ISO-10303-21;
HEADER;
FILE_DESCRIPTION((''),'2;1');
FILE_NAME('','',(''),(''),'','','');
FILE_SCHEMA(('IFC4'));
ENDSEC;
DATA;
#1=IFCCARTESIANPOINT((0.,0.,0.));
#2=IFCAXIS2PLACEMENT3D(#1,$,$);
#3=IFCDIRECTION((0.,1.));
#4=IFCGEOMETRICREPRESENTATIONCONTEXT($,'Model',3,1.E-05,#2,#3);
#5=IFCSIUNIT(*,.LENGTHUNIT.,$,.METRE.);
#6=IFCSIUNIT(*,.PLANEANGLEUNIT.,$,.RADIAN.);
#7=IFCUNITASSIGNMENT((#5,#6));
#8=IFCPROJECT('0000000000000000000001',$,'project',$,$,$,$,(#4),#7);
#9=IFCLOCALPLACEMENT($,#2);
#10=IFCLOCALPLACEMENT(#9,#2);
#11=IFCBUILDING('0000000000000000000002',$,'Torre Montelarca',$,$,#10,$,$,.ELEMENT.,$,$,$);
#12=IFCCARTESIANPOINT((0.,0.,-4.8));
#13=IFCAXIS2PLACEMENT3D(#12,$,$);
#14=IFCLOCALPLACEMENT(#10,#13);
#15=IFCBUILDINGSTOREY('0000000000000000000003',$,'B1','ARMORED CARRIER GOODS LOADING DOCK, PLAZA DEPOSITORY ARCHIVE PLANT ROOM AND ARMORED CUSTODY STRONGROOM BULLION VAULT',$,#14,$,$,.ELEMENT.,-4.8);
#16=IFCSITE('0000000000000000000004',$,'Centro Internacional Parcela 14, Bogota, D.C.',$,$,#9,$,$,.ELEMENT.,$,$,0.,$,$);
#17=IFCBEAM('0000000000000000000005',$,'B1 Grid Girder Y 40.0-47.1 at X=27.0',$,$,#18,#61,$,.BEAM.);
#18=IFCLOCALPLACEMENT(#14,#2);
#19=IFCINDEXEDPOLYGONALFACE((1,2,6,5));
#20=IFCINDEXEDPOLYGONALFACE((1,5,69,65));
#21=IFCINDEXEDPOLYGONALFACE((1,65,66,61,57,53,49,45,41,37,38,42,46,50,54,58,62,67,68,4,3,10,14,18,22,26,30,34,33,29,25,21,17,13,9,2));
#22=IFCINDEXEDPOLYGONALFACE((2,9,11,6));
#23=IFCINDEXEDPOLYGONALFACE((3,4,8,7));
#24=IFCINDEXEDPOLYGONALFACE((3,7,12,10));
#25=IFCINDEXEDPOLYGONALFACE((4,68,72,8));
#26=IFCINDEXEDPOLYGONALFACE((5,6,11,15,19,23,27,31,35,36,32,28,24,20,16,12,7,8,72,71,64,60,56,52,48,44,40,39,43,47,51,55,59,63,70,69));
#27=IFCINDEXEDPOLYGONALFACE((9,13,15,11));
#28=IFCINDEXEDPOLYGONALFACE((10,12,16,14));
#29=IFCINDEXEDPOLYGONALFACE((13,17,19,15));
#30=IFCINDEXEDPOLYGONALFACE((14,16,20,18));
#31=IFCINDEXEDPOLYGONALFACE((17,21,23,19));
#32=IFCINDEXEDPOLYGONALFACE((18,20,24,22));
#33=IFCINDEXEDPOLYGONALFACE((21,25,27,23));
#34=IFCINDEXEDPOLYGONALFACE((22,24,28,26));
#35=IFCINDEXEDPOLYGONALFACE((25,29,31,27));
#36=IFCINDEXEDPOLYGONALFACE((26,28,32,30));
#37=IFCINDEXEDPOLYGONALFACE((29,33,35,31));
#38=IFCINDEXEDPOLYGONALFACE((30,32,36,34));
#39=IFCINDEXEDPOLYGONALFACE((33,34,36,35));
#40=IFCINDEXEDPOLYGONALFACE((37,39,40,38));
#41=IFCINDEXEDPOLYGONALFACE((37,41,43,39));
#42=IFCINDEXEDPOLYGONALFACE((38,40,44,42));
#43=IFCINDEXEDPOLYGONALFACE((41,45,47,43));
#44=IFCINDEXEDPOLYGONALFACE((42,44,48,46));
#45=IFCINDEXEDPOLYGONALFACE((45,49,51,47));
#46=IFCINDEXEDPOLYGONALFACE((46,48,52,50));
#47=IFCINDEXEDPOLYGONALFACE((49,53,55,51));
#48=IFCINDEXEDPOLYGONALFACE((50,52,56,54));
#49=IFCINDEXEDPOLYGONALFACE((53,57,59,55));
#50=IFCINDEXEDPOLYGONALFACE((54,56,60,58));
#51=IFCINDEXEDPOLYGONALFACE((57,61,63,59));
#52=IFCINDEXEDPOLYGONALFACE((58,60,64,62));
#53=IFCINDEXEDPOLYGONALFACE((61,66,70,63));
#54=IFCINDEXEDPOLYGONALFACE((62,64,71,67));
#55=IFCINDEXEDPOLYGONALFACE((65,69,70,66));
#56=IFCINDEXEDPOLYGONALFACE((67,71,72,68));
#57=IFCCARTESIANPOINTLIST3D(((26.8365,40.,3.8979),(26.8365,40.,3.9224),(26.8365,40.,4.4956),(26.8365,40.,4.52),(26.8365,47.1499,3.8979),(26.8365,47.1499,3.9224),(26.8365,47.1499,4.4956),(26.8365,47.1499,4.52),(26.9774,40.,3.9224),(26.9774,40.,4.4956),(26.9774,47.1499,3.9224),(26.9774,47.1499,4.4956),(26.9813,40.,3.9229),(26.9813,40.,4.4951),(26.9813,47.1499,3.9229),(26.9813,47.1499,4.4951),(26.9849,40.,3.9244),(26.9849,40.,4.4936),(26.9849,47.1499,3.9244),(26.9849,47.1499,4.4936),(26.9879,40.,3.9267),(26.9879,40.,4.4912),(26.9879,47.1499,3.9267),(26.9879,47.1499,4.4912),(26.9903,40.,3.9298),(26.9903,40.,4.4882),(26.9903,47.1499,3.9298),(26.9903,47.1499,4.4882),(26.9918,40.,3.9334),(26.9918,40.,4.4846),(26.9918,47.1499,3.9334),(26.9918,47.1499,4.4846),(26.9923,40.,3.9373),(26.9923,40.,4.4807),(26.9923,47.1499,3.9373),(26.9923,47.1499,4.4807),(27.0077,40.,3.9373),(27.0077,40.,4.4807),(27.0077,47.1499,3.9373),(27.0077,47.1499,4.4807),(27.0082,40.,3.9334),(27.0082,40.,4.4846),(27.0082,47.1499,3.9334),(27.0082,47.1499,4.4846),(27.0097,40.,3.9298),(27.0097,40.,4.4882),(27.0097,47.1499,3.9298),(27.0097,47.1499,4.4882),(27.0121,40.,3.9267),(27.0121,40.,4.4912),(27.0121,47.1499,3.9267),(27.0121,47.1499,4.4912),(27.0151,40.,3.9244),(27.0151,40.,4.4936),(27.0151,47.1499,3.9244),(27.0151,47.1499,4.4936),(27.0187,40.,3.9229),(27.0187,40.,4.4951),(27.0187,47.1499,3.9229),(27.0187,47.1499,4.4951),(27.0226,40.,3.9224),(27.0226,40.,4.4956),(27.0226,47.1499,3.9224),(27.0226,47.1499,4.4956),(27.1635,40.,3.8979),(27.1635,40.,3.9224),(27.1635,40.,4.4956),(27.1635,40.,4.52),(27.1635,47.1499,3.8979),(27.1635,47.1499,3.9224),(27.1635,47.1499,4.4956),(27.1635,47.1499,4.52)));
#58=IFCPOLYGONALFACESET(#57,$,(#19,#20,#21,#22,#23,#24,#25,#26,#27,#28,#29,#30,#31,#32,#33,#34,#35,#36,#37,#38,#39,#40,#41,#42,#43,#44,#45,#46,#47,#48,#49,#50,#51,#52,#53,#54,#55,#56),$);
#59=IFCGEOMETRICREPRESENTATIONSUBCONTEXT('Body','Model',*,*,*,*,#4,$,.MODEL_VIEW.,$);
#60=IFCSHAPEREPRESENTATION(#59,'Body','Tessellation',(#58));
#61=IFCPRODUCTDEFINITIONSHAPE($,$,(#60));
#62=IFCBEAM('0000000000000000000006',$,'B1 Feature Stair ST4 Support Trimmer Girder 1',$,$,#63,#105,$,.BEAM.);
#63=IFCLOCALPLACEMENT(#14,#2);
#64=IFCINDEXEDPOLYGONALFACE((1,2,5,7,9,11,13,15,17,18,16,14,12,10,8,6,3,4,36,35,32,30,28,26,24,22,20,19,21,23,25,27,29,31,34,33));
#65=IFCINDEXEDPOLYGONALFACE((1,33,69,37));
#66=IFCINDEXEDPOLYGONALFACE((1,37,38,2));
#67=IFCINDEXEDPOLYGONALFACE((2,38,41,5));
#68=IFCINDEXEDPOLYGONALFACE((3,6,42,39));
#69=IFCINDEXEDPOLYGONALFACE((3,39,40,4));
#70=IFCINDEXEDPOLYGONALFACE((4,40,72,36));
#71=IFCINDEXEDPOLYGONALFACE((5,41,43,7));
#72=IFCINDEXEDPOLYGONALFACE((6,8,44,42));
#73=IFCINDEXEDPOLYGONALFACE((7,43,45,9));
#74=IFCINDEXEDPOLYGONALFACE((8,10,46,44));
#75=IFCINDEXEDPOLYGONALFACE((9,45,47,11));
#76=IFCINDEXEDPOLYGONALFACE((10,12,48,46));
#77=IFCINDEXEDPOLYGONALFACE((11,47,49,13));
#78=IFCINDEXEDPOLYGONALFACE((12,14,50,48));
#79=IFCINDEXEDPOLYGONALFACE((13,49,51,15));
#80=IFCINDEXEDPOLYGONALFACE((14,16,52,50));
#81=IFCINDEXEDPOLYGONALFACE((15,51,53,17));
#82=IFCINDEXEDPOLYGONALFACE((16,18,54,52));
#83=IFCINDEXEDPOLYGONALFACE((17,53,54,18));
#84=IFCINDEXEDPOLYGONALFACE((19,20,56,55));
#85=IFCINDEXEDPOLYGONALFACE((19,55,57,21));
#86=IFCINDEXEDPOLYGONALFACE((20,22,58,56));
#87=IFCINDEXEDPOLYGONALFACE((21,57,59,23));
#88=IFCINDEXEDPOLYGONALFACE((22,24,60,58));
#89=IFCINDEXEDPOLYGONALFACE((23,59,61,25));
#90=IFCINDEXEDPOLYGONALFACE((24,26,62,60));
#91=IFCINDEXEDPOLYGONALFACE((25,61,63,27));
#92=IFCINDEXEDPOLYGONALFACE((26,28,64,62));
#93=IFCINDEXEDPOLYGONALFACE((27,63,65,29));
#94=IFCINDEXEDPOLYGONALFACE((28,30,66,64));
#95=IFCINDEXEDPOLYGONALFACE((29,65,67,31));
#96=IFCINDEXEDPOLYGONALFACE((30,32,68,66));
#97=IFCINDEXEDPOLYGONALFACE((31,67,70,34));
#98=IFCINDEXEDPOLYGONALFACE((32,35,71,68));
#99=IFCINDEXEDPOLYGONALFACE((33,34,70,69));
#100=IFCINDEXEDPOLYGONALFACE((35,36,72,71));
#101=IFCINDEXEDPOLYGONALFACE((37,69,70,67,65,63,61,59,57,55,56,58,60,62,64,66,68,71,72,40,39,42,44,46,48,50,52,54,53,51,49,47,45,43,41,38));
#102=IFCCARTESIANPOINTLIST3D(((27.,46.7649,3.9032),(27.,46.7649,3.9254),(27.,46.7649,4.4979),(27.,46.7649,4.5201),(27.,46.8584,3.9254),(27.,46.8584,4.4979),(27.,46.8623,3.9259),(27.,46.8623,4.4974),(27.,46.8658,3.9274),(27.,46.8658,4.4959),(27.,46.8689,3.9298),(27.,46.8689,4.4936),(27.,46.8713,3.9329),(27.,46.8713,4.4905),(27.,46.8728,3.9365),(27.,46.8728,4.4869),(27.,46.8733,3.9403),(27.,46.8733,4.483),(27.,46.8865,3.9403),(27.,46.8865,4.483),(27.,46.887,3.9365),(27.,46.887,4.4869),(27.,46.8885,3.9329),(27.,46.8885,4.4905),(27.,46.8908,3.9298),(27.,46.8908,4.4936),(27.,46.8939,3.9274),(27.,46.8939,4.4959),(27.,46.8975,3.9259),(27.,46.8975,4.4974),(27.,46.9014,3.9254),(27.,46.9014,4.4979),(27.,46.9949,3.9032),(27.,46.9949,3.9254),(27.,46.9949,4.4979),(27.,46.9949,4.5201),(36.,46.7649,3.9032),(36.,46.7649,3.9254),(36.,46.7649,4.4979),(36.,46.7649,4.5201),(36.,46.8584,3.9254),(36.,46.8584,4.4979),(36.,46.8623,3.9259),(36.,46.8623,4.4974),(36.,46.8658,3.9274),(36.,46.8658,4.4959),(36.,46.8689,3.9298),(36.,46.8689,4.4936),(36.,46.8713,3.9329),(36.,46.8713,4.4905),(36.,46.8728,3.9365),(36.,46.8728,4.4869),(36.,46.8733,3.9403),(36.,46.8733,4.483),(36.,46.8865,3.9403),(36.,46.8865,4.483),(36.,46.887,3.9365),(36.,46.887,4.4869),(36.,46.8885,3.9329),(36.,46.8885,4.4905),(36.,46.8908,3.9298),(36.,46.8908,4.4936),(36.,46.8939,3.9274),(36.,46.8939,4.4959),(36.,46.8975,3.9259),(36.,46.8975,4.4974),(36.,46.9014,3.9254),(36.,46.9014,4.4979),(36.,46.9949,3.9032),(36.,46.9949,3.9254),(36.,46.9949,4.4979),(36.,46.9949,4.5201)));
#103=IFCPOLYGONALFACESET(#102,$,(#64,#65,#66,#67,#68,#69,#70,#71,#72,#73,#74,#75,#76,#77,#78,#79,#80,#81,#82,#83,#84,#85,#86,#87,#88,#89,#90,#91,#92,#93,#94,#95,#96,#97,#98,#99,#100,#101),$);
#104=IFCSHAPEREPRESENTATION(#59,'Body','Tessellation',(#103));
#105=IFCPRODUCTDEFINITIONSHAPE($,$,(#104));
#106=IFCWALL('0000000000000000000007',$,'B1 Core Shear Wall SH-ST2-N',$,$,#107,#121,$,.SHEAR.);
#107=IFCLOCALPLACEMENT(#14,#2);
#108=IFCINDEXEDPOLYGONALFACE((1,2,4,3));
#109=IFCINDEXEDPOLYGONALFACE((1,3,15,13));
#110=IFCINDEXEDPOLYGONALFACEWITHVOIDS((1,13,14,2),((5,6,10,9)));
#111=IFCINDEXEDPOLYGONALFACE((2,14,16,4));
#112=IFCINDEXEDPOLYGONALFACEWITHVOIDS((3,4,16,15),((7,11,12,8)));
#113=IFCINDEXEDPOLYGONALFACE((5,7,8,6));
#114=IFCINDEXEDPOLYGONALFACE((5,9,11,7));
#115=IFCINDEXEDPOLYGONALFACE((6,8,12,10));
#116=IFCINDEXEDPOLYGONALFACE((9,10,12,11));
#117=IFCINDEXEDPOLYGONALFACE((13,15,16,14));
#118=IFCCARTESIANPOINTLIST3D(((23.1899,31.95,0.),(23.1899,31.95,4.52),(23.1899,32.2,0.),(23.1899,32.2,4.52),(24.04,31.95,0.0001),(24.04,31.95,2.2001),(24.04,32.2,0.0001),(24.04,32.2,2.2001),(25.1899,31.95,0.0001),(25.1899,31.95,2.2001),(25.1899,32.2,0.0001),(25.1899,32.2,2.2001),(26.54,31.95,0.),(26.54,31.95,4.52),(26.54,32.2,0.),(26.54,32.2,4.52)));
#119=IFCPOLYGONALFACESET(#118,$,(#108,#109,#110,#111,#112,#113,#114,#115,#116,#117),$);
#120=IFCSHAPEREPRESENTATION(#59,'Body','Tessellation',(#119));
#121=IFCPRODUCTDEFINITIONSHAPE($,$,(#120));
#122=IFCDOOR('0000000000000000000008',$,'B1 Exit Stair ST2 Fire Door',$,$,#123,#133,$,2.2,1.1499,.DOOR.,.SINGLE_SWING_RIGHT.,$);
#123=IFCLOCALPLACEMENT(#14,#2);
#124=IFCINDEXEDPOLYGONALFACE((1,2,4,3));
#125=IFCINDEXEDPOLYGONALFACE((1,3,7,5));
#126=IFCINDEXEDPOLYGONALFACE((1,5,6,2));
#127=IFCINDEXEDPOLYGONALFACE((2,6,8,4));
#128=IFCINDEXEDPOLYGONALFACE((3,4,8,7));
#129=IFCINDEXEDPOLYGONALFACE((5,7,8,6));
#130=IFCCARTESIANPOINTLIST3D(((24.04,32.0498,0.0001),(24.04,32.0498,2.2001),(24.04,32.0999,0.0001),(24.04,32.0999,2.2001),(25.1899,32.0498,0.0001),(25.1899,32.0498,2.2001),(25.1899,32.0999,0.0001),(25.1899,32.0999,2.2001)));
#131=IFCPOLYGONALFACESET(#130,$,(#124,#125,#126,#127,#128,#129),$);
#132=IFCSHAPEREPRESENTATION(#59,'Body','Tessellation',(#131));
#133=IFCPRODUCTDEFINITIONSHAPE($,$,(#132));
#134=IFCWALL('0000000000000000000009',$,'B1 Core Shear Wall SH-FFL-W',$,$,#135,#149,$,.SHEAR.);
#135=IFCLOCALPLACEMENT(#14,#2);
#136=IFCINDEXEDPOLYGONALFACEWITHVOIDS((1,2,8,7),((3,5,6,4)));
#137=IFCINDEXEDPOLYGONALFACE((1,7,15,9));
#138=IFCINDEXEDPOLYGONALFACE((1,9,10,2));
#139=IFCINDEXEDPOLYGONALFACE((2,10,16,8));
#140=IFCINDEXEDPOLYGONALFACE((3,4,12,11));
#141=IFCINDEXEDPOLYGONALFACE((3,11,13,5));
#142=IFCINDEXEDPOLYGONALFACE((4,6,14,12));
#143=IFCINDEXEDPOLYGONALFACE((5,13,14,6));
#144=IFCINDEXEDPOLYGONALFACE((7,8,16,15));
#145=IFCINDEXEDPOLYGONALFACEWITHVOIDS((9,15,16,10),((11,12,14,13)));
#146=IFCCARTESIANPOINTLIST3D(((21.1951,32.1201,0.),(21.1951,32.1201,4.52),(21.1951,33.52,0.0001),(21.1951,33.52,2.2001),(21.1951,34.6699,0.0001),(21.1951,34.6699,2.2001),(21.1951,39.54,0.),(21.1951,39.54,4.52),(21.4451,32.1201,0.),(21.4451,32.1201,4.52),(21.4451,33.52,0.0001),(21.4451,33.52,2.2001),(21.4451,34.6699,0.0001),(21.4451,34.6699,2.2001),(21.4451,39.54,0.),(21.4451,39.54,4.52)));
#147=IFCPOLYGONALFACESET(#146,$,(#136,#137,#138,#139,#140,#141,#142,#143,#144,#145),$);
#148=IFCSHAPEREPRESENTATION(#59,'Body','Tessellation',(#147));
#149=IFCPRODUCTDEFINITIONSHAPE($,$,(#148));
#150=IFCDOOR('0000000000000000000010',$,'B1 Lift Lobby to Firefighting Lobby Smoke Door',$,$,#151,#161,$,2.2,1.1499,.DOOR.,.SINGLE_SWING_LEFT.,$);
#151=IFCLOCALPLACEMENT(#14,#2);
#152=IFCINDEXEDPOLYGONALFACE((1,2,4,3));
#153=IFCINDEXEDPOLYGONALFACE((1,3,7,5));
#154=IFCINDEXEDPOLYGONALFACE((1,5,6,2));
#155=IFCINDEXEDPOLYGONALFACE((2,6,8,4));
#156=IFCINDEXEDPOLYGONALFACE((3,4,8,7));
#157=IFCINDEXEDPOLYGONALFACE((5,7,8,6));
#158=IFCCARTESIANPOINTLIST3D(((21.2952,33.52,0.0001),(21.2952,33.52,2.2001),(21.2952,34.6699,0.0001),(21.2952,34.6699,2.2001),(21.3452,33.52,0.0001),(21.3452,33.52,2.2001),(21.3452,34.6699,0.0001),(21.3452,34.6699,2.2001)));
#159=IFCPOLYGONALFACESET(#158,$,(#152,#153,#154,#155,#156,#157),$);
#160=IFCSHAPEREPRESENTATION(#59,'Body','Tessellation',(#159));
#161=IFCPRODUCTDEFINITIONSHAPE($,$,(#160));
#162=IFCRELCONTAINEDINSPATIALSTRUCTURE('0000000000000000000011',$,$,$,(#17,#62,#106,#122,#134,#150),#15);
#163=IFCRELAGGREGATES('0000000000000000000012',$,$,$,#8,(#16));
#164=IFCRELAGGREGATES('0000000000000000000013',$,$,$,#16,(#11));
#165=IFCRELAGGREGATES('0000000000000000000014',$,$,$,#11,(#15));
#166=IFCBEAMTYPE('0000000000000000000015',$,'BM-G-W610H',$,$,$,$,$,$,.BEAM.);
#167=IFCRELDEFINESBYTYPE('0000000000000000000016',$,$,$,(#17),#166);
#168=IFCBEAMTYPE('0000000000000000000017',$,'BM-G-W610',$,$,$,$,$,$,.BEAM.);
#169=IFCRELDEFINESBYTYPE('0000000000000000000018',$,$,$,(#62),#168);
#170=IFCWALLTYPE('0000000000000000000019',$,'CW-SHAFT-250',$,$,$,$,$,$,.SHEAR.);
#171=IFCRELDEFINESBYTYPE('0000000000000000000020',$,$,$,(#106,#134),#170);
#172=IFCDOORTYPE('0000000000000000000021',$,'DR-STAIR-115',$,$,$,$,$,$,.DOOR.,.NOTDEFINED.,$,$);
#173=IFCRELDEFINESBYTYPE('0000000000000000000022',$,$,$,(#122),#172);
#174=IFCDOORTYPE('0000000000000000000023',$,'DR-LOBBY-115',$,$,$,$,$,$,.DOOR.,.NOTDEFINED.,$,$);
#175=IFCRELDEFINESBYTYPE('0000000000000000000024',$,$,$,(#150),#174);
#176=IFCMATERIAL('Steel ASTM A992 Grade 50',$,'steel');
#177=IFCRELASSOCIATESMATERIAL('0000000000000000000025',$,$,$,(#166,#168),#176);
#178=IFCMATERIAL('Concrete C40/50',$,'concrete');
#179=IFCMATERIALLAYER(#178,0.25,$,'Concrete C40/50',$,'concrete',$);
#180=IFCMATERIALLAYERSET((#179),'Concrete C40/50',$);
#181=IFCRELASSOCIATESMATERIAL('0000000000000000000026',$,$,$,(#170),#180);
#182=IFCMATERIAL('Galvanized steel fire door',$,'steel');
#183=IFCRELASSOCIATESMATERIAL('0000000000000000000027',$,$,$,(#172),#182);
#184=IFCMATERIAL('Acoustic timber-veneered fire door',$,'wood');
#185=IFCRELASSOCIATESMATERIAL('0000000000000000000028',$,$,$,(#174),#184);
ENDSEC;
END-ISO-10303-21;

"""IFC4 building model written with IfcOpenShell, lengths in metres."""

from ifc_helpers import new_model, si_unit, direction, frame, frame_2d, origin, origin_2d, place, context, subcontext, project, spatial, rectangle, i_section, extrude, source, transform, mapped, material, layer, layer_set, material_profile, profile_set, type_object, element, fill, save


model = new_model("IFC4")

# Units and contexts
model_context = context("Model", 3, precision=1e-05, world=origin(), true_north=direction((0.0, 1.0)))
body_context = subcontext(model_context, "Body", "Model", "MODEL_VIEW")
ifc_project = project(units=[si_unit("LENGTHUNIT", "METRE"), si_unit("PLANEANGLEUNIT", "RADIAN")], contexts=[model_context])

# Site, building, storey
site_placement = place(None, origin())
site = spatial("IfcSite", under=ifc_project, at=site_placement, Name="Centro Internacional Parcela 14, Bogota, D.C.", CompositionType="ELEMENT", RefElevation=0.0)
building_placement = place(site_placement, origin())
building = spatial("IfcBuilding", under=site, at=building_placement, Name="Torre Montelarca", CompositionType="ELEMENT")
storey_placement = place(building_placement, frame((0.0, 0.0, -4.8)))
storey = spatial("IfcBuildingStorey", under=building, at=storey_placement, Name="B1", Description="ARMORED CARRIER GOODS LOADING DOCK, PLAZA DEPOSITORY ARCHIVE PLANT ROOM AND ARMORED CUSTODY STRONGROOM BULLION VAULT", CompositionType="ELEMENT", Elevation=-4.8)

# Beams
ifc_material_1 = material(Name="Steel ASTM A992 Grade 50", Category="steel")
ifc_material_profile_1 = material_profile(ifc_material_1, i_section(OverallWidth=0.3269, OverallDepth=0.6221, WebThickness=0.0154, FlangeThickness=0.0244, FilletRadius=0.0149, at=origin_2d()), Name="W610X195", Category="steel")
ifc_profile_set_1 = profile_set([ifc_material_profile_1], Name="Steel ASTM A992 Grade 50")
beam_type_1 = type_object("IfcBeamType", Name="BM-G-W610H", PredefinedType="BEAM", material=ifc_profile_set_1)
shared_shape_1 = source(origin(), body_context, "Body", "SweptSolid", [
    extrude(i_section(OverallWidth=0.3269, OverallDepth=0.6221, WebThickness=0.0154, FlangeThickness=0.0244, FilletRadius=0.0149, at=origin_2d()), origin(), (0.0, 0.0, 1.0), 7.1499),
])
for number, where, z_axis, x_axis, name in (
    (1, (27.0, 40.0, 4.209), (0.0, 1.0, 0.0), (-1.0, 0.0, 0.0), "B1 Grid Girder Y 40.0-47.1 at X=27.0"),
):
    element("IfcBeam", number, at=place(storey_placement, frame(where, z_axis=z_axis, x_axis=x_axis)), inside=storey, type_object=beam_type_1, Name=name, PredefinedType="BEAM", context=body_context, shape_type="MappedRepresentation", body=[
        mapped(shared_shape_1, transform((0.0, 0.0, 0.0), scale=1.0)),
    ])
ifc_material_profile_2 = material_profile(ifc_material_1, i_section(OverallWidth=0.23, OverallDepth=0.6169, WebThickness=0.0132, FlangeThickness=0.0222, FilletRadius=0.0149, at=origin_2d()), Name="W610X140", Category="steel")
ifc_profile_set_2 = profile_set([ifc_material_profile_2], Name="Steel ASTM A992 Grade 50")
beam_type_2 = type_object("IfcBeamType", Name="BM-G-W610", PredefinedType="BEAM", material=ifc_profile_set_2)
shared_shape_2 = source(origin(), body_context, "Body", "SweptSolid", [
    extrude(i_section(OverallWidth=0.23, OverallDepth=0.6169, WebThickness=0.0132, FlangeThickness=0.0222, FilletRadius=0.0149, at=origin_2d()), origin(), (0.0, 0.0, 1.0), 9.0),
])
beam_1_placement = place(storey_placement, frame((27.0, 46.8799, 4.2117), z_axis=(1.0, 0.0, 0.0), x_axis=(0.0, 1.0, 0.0)))
element("IfcBeam", 2, at=beam_1_placement, inside=storey, type_object=beam_type_2, Name="B1 Feature Stair ST4 Support Trimmer Girder 1", PredefinedType="BEAM", context=body_context, shape_type="MappedRepresentation", body=[
    mapped(shared_shape_2, transform((0.0, 0.0, 0.0), scale=1.0)),
])

# Walls, openings, doors
ifc_material_2 = material(Name="Concrete C40/50", Category="concrete")
ifc_layer_1 = layer(ifc_material_2, 0.25, Name="Concrete C40/50", Category="concrete")
ifc_layer_set_1 = layer_set([ifc_layer_1], Name="Concrete C40/50")
wall_type_1 = type_object("IfcWallType", Name="CW-SHAFT-250", PredefinedType="SHEAR", material=ifc_layer_set_1)
wall_1_placement = place(storey_placement, frame((23.1899, 32.075, 0.0), z_axis=(0.0, 0.0, 1.0), x_axis=(1.0, 0.0, 0.0)))
wall_1 = element("IfcWall", 3, at=wall_1_placement, inside=storey, type_object=wall_type_1, Name="B1 Core Shear Wall SH-ST2-N", PredefinedType="SHEAR", context=body_context, shape_type="SweptSolid", body=[
    extrude(rectangle(XDim=3.3501, YDim=0.25, at=frame_2d((1.675, 0.0))), origin(), (0.0, 0.0, 1.0), 4.52),
])
opening_1_placement = place(wall_1_placement, frame((0.8501, 0.0, 0.0)))
opening_1 = element("IfcOpeningElement", 4, at=opening_1_placement, cuts=wall_1, PredefinedType="OPENING", context=body_context, shape_type="SweptSolid", body=[
    extrude(rectangle(XDim=1.1499, YDim=2.2, at=frame_2d((0.575, 1.1001))), frame((0.0, 0.135, 0.0), z_axis=(0.0, -1.0, 0.0), x_axis=(1.0, 0.0, 0.0)), (0.0, 0.0, 1.0), 0.27),
])
ifc_material_3 = material(Name="Galvanized steel fire door", Category="steel")
door_type_1 = type_object("IfcDoorType", Name="DR-STAIR-115", OperationType="NOTDEFINED", PredefinedType="DOOR", material=ifc_material_3)
shared_shape_3 = source(origin(), body_context, "Body", "SweptSolid", [
    extrude(rectangle(XDim=1.1499, YDim=2.2, at=frame_2d((0.575, 1.1001))), frame((0.0, 0.0249, 0.0), z_axis=(0.0, -1.0, 0.0), x_axis=(1.0, 0.0, 0.0)), (0.0, 0.0, 1.0), 0.05),
])
door_1_placement = place(opening_1_placement, origin())
door_1 = element("IfcDoor", 5, at=door_1_placement, inside=storey, type_object=door_type_1, Name="B1 Exit Stair ST2 Fire Door", OperationType="SINGLE_SWING_RIGHT", OverallHeight=2.2, OverallWidth=1.1499, PredefinedType="DOOR", context=body_context, shape_type="MappedRepresentation", body=[
    mapped(shared_shape_3, transform((0.0, 0.0, 0.0), scale=1.0)),
])
fill(opening_1, door_1)
wall_2_placement = place(storey_placement, frame((21.3201, 32.1201, 0.0), z_axis=(0.0, 0.0, 1.0), x_axis=(0.0, 1.0, 0.0)))
wall_2 = element("IfcWall", 6, at=wall_2_placement, inside=storey, type_object=wall_type_1, Name="B1 Core Shear Wall SH-FFL-W", PredefinedType="SHEAR", context=body_context, shape_type="SweptSolid", body=[
    extrude(rectangle(XDim=7.4199, YDim=0.25, at=frame_2d((3.71, 0.0))), origin(), (0.0, 0.0, 1.0), 4.52),
])
opening_2_placement = place(wall_2_placement, frame((1.3999, 0.0, 0.0)))
opening_2 = element("IfcOpeningElement", 7, at=opening_2_placement, cuts=wall_2, PredefinedType="OPENING", context=body_context, shape_type="SweptSolid", body=[
    extrude(rectangle(XDim=1.1499, YDim=2.2, at=frame_2d((0.575, 1.1001))), frame((0.0, 0.135, 0.0), z_axis=(0.0, -1.0, 0.0), x_axis=(1.0, 0.0, 0.0)), (0.0, 0.0, 1.0), 0.27),
])
ifc_material_4 = material(Name="Acoustic timber-veneered fire door", Category="wood")
door_type_2 = type_object("IfcDoorType", Name="DR-LOBBY-115", OperationType="NOTDEFINED", PredefinedType="DOOR", material=ifc_material_4)
shared_shape_4 = source(origin(), body_context, "Body", "SweptSolid", [
    extrude(rectangle(XDim=1.1499, YDim=2.2, at=frame_2d((0.575, 1.1001))), frame((0.0, 0.0249, 0.0), z_axis=(0.0, -1.0, 0.0), x_axis=(1.0, 0.0, 0.0)), (0.0, 0.0, 1.0), 0.05),
])
door_2_placement = place(opening_2_placement, origin())
door_2 = element("IfcDoor", 8, at=door_2_placement, inside=storey, type_object=door_type_2, Name="B1 Lift Lobby to Firefighting Lobby Smoke Door", OperationType="SINGLE_SWING_LEFT", OverallHeight=2.2, OverallWidth=1.1499, PredefinedType="DOOR", context=body_context, shape_type="MappedRepresentation", body=[
    mapped(shared_shape_4, transform((0.0, 0.0, 0.0), scale=1.0)),
])
fill(opening_2, door_2)

save(model, "model.ifc")
